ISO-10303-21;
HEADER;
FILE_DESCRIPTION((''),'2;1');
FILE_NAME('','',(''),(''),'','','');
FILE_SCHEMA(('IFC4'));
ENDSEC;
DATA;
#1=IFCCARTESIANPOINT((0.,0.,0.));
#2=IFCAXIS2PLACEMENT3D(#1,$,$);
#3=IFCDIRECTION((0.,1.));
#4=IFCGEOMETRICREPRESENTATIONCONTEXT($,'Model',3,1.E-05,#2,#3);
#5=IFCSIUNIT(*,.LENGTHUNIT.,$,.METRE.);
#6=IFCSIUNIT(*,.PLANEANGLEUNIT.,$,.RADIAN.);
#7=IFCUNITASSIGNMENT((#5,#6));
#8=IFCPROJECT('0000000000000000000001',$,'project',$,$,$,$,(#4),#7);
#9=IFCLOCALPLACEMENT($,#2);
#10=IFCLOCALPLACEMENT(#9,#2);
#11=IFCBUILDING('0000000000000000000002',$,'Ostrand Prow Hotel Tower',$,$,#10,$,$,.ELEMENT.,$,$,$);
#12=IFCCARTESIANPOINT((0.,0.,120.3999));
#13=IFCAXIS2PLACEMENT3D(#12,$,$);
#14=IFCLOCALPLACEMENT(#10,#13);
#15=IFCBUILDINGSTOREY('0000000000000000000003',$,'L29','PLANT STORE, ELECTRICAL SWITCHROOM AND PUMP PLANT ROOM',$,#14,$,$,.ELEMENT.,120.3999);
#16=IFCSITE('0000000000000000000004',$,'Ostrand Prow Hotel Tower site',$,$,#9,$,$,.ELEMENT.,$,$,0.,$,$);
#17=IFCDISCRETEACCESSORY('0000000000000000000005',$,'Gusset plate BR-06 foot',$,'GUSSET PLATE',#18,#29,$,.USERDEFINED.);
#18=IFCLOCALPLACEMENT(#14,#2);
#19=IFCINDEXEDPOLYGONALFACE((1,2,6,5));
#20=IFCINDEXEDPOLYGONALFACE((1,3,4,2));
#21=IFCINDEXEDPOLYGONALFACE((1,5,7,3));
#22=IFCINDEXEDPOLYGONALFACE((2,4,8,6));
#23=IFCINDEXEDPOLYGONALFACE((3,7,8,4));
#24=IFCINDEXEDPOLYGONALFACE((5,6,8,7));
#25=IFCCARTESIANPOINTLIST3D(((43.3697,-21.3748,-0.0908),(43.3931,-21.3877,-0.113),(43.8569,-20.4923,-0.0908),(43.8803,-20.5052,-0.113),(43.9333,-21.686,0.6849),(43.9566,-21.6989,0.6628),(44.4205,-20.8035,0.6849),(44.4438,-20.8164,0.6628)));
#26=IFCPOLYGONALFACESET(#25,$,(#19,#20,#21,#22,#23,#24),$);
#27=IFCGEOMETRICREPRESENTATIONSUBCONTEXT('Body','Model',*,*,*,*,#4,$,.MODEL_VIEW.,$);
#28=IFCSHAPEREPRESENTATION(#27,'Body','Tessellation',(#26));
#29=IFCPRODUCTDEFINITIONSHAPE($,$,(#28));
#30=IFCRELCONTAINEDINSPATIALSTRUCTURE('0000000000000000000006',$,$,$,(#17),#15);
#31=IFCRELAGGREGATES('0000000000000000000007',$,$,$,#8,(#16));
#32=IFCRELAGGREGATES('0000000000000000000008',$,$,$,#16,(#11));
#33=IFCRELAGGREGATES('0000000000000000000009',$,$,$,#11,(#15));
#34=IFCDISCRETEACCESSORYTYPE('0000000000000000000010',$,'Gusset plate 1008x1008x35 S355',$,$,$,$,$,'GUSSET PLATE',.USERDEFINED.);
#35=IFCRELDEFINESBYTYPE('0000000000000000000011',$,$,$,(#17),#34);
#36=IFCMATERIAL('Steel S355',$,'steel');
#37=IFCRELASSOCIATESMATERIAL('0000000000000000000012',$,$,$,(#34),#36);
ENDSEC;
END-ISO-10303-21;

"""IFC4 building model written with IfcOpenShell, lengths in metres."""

from ifc_helpers import new_model, si_unit, direction, frame, origin, origin_2d, place, context, subcontext, project, spatial, rectangle, extrude, material, material_profile, profile_set, type_object, element, save


model = new_model("IFC4")

# Units and contexts
model_context = context("Model", 3, precision=1e-05, world=origin(), true_north=direction((0.0, 1.0)))
body_context = subcontext(model_context, "Body", "Model", "MODEL_VIEW")
ifc_project = project(units=[si_unit("LENGTHUNIT", "METRE"), si_unit("PLANEANGLEUNIT", "RADIAN")], contexts=[model_context])

# Site, building, storey
site_placement = place(None, origin())
site = spatial("IfcSite", under=ifc_project, at=site_placement, Name="Ostrand Prow Hotel Tower site", CompositionType="ELEMENT", RefElevation=0.0)
building_placement = place(site_placement, origin())
building = spatial("IfcBuilding", under=site, at=building_placement, Name="Ostrand Prow Hotel Tower", CompositionType="ELEMENT")
storey_placement = place(building_placement, frame((0.0, 0.0, 120.3999)))
storey = spatial("IfcBuildingStorey", under=building, at=storey_placement, Name="L29", Description="PLANT STORE, ELECTRICAL SWITCHROOM AND PUMP PLANT ROOM", CompositionType="ELEMENT", Elevation=120.3999)

# Discrete accessory
ifc_material_1 = material(Name="Steel S355", Category="steel")
ifc_material_profile_1 = material_profile(ifc_material_1, rectangle(XDim=1.0081, YDim=1.0081, at=origin_2d()), Name="PL 1008x1008x35")
ifc_profile_set_1 = profile_set([ifc_material_profile_1], Name="Steel S355")
discrete_accessory_type = type_object("IfcDiscreteAccessoryType", Name="Gusset plate 1008x1008x35 S355", ElementType="GUSSET PLATE", PredefinedType="USERDEFINED", material=ifc_profile_set_1)
discrete_accessory_placement = place(storey_placement, frame((43.9185, -21.1021, 0.2749), z_axis=(-0.673688, 0.371932, 0.6386), x_axis=(-0.483318, -0.875445, 0.0)))
element("IfcDiscreteAccessory", 1, at=discrete_accessory_placement, inside=storey, type_object=discrete_accessory_type, Name="Gusset plate BR-06 foot", ObjectType="GUSSET PLATE", PredefinedType="USERDEFINED", context=body_context, shape_type="SweptSolid", body=[
    extrude(rectangle(XDim=1.0081, YDim=1.0081, at=origin_2d()), origin(), (0.0, 0.0, 1.0), 0.0347),
])

save(model, "model.ifc")
